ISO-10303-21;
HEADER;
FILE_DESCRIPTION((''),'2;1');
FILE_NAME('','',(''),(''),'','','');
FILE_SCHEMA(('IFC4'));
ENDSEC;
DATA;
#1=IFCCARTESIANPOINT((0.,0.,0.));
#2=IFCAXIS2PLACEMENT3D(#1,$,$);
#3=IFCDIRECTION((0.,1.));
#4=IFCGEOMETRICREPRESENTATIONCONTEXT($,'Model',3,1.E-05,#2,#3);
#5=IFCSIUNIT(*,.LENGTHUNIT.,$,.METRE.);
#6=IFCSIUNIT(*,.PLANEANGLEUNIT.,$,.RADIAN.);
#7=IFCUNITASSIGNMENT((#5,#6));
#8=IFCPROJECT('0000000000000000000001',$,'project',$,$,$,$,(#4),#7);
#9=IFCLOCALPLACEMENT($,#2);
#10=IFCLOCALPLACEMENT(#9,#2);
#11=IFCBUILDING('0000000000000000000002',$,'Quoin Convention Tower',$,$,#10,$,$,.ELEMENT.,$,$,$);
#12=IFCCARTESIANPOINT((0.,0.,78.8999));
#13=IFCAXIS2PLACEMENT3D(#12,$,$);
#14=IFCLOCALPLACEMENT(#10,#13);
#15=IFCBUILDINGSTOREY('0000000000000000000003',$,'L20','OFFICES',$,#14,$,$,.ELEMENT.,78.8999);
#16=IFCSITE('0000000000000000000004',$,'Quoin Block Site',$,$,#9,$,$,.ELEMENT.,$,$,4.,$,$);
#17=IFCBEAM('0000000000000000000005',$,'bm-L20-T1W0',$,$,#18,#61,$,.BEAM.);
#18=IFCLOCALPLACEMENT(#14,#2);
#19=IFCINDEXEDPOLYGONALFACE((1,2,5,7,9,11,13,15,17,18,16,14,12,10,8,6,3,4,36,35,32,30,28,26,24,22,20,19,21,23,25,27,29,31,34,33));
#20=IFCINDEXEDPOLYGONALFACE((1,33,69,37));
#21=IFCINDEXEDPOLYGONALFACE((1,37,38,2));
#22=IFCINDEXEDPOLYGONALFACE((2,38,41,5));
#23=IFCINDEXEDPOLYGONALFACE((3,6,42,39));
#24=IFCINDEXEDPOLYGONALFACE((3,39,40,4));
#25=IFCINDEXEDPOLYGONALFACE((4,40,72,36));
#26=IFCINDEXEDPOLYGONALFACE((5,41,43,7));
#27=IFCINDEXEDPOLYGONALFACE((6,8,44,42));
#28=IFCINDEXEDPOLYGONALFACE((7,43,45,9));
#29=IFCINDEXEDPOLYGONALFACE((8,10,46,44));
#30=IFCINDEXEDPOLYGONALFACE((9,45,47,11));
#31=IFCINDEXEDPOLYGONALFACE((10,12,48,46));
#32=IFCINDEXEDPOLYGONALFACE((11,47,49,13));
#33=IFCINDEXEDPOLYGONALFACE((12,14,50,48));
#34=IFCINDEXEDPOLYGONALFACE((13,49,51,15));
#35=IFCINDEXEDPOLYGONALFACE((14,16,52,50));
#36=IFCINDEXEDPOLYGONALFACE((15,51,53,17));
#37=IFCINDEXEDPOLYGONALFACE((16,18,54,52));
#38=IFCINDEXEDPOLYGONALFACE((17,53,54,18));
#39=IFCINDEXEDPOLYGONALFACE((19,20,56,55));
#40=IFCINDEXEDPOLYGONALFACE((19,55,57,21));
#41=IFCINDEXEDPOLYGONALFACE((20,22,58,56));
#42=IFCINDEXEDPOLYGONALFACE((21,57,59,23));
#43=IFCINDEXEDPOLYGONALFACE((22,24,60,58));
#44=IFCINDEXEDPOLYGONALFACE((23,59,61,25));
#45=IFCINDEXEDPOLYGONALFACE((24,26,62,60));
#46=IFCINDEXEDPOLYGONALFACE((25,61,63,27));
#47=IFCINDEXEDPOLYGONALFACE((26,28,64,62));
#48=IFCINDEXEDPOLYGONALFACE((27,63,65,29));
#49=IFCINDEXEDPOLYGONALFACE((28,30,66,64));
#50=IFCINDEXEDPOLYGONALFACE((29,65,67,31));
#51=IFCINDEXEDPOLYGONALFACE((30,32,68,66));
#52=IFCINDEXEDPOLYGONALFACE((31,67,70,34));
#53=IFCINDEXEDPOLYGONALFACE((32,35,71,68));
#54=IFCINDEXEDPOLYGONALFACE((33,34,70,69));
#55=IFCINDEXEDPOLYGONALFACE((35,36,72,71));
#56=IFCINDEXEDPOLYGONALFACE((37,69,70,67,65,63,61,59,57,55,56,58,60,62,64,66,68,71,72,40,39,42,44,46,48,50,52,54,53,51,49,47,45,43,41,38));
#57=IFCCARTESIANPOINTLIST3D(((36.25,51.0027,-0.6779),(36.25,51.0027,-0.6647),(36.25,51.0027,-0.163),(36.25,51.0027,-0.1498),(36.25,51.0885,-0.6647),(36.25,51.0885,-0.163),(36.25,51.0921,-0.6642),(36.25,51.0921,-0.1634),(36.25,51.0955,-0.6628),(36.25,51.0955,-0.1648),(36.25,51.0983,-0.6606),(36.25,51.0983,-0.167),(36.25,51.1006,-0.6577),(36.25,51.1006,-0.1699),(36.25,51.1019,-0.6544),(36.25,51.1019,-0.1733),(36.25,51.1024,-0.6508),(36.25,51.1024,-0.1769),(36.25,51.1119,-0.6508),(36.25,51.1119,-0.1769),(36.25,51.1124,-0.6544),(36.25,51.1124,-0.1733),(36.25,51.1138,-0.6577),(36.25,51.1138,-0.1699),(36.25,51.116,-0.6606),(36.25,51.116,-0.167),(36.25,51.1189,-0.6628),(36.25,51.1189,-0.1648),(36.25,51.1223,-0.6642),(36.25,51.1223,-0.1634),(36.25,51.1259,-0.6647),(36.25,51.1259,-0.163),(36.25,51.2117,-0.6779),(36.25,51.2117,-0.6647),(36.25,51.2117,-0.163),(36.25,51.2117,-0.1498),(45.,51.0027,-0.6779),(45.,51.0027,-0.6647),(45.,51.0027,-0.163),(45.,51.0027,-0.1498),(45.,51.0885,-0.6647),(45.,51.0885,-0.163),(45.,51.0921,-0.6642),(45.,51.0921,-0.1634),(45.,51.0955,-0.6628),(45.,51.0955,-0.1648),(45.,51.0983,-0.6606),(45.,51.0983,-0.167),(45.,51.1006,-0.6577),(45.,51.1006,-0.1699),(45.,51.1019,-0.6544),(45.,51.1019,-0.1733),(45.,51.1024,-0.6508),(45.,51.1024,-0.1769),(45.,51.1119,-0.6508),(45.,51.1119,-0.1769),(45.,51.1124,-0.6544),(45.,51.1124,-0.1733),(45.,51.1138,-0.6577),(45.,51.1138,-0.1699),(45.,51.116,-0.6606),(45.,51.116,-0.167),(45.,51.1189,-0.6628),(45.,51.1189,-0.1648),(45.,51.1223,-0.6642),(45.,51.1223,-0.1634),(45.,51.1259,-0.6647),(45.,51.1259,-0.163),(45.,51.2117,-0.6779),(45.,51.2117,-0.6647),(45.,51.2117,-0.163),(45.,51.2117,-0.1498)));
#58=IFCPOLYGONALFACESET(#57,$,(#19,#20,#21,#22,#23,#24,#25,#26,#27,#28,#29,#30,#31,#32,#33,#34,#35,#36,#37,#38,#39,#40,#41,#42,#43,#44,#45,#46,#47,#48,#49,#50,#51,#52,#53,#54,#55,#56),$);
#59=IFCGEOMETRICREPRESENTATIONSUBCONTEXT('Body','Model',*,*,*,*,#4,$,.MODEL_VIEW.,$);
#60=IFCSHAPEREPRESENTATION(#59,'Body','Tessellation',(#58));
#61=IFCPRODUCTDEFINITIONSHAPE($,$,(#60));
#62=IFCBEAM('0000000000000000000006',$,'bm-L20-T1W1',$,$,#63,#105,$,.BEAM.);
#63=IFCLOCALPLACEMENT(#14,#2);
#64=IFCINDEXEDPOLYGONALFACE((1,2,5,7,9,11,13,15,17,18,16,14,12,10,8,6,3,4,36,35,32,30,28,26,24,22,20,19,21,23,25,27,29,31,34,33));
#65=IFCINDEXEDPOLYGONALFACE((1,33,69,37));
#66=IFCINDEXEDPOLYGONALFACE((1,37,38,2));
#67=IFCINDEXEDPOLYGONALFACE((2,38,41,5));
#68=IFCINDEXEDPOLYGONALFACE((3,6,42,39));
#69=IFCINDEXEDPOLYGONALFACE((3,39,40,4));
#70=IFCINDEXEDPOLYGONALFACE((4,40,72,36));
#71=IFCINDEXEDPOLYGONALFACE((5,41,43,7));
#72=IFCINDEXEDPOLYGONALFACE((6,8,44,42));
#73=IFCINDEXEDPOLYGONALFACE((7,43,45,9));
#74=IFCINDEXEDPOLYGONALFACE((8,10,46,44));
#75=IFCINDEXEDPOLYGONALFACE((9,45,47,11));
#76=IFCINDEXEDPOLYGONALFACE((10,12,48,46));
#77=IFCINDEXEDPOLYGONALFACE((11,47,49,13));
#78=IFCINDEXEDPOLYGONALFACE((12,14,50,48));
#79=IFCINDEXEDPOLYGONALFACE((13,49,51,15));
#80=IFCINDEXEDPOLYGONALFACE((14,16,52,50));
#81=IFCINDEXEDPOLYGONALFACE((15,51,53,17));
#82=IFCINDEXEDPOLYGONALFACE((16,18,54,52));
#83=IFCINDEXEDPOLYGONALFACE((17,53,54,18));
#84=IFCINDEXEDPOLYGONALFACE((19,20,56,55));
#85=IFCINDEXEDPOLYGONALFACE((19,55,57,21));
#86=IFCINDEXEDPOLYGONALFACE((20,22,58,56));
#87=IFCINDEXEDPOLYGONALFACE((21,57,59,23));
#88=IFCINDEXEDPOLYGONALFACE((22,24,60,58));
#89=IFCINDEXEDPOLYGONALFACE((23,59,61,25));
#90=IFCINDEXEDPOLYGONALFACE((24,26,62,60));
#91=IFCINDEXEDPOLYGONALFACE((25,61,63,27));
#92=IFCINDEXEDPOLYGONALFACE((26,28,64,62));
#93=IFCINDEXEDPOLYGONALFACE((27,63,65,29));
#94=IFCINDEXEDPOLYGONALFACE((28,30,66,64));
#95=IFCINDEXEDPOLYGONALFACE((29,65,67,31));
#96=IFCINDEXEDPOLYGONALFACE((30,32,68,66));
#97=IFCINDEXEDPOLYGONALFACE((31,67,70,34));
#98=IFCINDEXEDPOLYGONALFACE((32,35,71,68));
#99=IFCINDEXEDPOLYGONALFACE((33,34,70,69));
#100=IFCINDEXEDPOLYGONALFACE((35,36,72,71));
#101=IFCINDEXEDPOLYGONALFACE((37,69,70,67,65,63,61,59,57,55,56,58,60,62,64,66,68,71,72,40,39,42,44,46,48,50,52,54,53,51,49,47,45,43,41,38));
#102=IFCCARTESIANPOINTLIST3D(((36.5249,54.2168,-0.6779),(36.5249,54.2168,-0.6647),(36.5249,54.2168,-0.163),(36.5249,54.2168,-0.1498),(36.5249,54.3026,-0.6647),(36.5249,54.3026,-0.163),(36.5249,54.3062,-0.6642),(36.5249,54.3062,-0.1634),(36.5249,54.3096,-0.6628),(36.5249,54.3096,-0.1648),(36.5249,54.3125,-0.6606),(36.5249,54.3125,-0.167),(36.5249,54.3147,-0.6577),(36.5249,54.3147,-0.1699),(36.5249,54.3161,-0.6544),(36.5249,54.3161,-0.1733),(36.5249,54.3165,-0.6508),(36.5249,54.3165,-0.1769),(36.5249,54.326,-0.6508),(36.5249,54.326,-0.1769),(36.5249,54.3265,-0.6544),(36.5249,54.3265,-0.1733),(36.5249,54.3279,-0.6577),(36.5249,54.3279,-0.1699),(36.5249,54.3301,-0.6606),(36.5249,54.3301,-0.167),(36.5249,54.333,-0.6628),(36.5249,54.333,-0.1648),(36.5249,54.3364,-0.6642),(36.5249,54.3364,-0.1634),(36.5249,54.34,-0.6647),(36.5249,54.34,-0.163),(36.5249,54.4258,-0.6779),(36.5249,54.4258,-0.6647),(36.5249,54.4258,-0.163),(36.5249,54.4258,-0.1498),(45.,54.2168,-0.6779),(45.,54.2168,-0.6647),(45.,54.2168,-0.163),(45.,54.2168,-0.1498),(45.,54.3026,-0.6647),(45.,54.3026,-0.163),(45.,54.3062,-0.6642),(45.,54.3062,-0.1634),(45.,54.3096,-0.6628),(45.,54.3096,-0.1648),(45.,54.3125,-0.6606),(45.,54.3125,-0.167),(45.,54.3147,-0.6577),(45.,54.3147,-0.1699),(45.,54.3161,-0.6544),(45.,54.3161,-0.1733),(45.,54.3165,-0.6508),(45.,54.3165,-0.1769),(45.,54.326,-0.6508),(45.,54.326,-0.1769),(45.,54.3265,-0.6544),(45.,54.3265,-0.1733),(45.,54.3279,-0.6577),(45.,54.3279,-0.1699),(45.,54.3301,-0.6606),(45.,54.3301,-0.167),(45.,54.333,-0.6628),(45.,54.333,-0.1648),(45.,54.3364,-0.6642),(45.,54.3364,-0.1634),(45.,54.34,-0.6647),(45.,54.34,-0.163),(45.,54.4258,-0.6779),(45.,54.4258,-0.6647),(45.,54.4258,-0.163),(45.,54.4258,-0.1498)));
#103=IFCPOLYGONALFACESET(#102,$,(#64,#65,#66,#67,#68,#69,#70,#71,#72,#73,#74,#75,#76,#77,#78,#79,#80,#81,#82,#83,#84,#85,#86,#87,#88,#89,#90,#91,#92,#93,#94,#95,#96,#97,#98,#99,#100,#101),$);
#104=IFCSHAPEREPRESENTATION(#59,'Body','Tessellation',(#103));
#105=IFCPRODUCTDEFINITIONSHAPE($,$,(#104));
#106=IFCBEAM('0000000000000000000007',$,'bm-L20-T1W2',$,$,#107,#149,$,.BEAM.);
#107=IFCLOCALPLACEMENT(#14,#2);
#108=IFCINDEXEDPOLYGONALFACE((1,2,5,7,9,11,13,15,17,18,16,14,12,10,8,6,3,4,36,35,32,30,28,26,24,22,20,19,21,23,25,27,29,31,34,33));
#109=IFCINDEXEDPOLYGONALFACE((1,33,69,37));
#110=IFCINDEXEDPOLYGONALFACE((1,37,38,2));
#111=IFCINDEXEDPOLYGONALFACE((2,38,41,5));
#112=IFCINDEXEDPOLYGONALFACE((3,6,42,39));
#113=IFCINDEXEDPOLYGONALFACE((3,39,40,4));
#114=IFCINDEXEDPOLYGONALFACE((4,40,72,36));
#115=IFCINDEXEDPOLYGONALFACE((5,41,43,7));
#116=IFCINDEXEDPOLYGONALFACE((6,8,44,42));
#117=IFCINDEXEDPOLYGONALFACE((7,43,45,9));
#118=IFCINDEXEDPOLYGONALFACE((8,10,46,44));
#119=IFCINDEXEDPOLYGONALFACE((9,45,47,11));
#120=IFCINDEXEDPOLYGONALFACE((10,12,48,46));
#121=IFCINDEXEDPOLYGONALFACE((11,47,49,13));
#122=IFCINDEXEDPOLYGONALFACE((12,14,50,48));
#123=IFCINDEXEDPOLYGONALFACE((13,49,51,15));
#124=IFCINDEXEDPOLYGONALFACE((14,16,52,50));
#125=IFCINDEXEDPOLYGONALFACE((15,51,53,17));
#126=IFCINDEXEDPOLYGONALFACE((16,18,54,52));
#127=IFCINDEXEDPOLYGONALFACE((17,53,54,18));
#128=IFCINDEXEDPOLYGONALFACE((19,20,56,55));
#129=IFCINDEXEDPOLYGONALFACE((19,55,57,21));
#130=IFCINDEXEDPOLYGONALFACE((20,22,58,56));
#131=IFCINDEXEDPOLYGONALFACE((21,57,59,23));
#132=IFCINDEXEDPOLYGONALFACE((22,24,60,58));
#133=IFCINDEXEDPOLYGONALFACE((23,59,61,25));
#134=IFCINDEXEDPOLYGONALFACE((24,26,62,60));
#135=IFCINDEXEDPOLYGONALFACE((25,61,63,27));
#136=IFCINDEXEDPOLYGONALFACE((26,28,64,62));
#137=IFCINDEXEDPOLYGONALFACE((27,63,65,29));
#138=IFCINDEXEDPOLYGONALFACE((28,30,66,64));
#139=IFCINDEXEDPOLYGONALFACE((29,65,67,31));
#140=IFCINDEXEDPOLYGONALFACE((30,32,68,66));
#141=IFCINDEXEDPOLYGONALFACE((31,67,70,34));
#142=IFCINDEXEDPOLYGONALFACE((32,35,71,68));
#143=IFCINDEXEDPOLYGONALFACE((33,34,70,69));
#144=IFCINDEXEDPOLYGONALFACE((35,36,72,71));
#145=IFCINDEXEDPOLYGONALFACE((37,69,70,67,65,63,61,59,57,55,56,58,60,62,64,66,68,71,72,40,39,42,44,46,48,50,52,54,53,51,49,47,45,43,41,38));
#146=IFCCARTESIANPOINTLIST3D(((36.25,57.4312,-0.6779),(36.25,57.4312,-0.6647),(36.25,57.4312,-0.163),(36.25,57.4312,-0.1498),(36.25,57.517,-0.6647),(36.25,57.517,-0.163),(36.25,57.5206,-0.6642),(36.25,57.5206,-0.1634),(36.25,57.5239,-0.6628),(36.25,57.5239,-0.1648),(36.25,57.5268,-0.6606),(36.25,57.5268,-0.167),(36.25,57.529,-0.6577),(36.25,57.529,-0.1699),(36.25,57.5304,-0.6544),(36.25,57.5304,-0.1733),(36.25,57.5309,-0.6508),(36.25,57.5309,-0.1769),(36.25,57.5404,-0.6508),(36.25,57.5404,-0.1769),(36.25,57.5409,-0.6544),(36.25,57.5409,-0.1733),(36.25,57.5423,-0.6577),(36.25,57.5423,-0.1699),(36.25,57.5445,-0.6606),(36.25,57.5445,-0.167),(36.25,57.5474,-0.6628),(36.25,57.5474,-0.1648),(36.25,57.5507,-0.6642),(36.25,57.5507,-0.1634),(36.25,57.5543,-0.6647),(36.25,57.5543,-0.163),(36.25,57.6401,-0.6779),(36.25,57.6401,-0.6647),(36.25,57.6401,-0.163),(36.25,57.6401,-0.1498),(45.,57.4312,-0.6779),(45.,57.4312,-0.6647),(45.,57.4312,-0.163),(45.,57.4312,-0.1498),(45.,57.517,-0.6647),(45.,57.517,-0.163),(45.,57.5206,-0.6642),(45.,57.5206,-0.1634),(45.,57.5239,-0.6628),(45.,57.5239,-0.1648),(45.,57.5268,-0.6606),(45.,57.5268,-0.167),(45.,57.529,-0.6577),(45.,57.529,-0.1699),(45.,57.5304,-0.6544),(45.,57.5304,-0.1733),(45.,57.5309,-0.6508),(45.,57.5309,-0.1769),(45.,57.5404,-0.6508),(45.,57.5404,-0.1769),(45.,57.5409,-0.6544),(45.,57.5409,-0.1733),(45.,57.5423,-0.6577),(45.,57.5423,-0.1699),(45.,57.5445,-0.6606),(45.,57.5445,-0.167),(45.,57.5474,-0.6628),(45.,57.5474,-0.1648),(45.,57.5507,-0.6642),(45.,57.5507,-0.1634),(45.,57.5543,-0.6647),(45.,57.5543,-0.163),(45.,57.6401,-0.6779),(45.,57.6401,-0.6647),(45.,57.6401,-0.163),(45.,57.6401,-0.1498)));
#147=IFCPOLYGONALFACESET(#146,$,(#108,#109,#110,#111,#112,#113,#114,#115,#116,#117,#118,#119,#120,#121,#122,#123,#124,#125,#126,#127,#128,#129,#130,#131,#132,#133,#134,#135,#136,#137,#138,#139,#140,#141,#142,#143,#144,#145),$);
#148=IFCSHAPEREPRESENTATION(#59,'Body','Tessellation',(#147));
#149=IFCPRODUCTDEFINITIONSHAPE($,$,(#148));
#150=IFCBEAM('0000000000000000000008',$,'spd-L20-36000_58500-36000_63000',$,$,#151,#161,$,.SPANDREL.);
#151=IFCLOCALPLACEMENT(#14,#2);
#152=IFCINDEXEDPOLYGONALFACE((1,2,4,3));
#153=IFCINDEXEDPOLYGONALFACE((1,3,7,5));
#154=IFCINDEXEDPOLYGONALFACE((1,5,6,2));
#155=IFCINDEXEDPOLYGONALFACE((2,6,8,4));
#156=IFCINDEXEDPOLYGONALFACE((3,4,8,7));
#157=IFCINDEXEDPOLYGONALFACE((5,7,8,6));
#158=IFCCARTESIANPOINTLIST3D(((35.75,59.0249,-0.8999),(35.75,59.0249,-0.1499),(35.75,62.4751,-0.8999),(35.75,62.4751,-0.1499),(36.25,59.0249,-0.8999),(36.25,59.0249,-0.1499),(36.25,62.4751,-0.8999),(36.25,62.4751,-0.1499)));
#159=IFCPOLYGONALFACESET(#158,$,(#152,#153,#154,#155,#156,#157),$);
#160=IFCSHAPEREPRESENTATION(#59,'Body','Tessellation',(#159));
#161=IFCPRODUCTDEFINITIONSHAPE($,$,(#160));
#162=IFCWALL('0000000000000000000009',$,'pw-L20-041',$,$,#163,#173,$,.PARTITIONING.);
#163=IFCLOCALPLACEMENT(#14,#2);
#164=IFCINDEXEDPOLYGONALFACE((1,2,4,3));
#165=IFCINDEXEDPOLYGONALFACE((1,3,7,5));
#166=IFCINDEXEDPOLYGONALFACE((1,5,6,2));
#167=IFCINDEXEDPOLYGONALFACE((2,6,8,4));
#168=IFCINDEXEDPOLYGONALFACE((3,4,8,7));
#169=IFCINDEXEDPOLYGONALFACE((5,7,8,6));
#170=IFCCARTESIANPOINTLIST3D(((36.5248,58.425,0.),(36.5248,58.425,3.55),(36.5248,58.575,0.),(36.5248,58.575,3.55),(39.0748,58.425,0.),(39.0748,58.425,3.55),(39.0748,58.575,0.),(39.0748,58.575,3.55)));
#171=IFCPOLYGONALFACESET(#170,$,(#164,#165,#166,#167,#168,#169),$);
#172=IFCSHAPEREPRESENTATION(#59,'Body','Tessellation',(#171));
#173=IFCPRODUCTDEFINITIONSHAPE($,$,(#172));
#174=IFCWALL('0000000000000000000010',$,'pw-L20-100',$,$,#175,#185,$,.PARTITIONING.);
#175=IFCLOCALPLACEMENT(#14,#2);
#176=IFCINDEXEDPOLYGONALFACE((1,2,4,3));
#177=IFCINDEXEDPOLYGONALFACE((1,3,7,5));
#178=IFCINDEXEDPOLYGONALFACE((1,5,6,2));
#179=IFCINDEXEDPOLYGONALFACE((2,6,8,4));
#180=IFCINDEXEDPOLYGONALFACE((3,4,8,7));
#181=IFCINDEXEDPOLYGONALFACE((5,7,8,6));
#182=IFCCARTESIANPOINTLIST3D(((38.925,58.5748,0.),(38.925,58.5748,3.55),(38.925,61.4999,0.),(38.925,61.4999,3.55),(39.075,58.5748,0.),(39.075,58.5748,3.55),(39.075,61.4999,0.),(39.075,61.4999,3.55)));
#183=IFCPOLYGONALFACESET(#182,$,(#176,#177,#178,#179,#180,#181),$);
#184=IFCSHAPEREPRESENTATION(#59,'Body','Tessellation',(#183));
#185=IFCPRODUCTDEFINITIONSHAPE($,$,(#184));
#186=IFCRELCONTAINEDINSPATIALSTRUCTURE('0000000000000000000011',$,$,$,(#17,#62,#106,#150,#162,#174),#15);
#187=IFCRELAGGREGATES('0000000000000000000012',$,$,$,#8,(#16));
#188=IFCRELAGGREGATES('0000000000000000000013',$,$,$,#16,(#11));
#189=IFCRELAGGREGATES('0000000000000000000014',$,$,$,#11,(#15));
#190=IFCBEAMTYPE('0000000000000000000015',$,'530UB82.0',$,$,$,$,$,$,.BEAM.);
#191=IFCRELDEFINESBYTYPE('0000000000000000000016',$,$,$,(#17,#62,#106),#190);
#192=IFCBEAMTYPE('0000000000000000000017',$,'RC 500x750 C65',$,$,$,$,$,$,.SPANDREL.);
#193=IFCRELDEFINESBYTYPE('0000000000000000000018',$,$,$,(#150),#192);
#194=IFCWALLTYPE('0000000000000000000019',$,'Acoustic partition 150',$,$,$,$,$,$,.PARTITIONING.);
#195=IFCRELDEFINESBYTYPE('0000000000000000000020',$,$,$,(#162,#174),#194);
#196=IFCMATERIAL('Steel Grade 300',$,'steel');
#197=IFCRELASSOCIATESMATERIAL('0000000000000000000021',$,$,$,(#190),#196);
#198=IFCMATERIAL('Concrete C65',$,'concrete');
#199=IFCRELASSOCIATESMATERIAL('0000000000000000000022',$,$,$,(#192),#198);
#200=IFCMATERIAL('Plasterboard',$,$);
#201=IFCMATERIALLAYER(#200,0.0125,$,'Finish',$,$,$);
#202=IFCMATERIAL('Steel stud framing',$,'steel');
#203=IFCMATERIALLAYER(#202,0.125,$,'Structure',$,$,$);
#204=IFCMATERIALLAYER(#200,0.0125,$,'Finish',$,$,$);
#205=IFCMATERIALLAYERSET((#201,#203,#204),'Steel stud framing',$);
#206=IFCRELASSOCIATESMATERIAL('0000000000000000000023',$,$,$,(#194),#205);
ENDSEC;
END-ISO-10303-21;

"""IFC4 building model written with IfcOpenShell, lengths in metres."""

from ifc_helpers import new_model, si_unit, direction, frame, frame_2d, origin, origin_2d, place, context, subcontext, project, spatial, rectangle, i_section, extrude, material, layer, layer_set, material_profile, profile_set, type_object, element, save


model = new_model("IFC4")

# Units and contexts
model_context = context("Model", 3, precision=1e-05, world=origin(), true_north=direction((0.0, 1.0)))
body_context = subcontext(model_context, "Body", "Model", "MODEL_VIEW")
ifc_project = project(units=[si_unit("LENGTHUNIT", "METRE"), si_unit("PLANEANGLEUNIT", "RADIAN")], contexts=[model_context])

# Site, building, storey
site_placement = place(None, origin())
site = spatial("IfcSite", under=ifc_project, at=site_placement, Name="Quoin Block Site", CompositionType="ELEMENT", RefElevation=4.0)
building_placement = place(site_placement, origin())
building = spatial("IfcBuilding", under=site, at=building_placement, Name="Quoin Convention Tower", CompositionType="ELEMENT")
storey_placement = place(building_placement, frame((0.0, 0.0, 78.8999)))
storey = spatial("IfcBuildingStorey", under=building, at=storey_placement, Name="L20", Description="OFFICES", CompositionType="ELEMENT", Elevation=78.8999)

# Beams
ifc_material_1 = material(Name="Steel Grade 300", Category="steel")
ifc_material_profile_1 = material_profile(ifc_material_1, i_section(OverallWidth=0.209, OverallDepth=0.5281, WebThickness=0.0095, FlangeThickness=0.0132, FilletRadius=0.0139, at=origin_2d()), Name="530UB82.0")
ifc_profile_set_1 = profile_set([ifc_material_profile_1], Name="Steel Grade 300")
beam_type_1 = type_object("IfcBeamType", Name="530UB82.0", PredefinedType="BEAM", material=ifc_profile_set_1)
beam_1_placement = place(storey_placement, frame((36.25, 51.1072, -0.4138), z_axis=(1.0, 0.0, 0.0), x_axis=(0.0, 1.0, 0.0)))
element("IfcBeam", 1, at=beam_1_placement, inside=storey, type_object=beam_type_1, Name="bm-L20-T1W0", PredefinedType="BEAM", context=body_context, shape_type="SweptSolid", body=[
    extrude(i_section(OverallWidth=0.209, OverallDepth=0.5281, WebThickness=0.0095, FlangeThickness=0.0132, FilletRadius=0.0139, at=origin_2d()), origin(), (0.0, 0.0, 1.0), 8.75),
])
beam_2_placement = place(storey_placement, frame((36.5249, 54.3213, -0.4138), z_axis=(1.0, 0.0, 0.0), x_axis=(0.0, 1.0, 0.0)))
element("IfcBeam", 2, at=beam_2_placement, inside=storey, type_object=beam_type_1, Name="bm-L20-T1W1", PredefinedType="BEAM", context=body_context, shape_type="SweptSolid", body=[
    extrude(i_section(OverallWidth=0.209, OverallDepth=0.5281, WebThickness=0.0095, FlangeThickness=0.0132, FilletRadius=0.0139, at=origin_2d()), origin(), (0.0, 0.0, 1.0), 8.4751),
])
beam_3_placement = place(storey_placement, frame((36.25, 57.5356, -0.4138), z_axis=(1.0, 0.0, 0.0), x_axis=(0.0, 1.0, 0.0)))
element("IfcBeam", 3, at=beam_3_placement, inside=storey, type_object=beam_type_1, Name="bm-L20-T1W2", PredefinedType="BEAM", context=body_context, shape_type="SweptSolid", body=[
    extrude(i_section(OverallWidth=0.209, OverallDepth=0.5281, WebThickness=0.0095, FlangeThickness=0.0132, FilletRadius=0.0139, at=origin_2d()), origin(), (0.0, 0.0, 1.0), 8.75),
])
ifc_material_2 = material(Name="Concrete C65", Category="concrete")
ifc_material_profile_2 = material_profile(ifc_material_2, rectangle(XDim=0.5, YDim=0.75, at=origin_2d()), Name="RC 500x750")
ifc_profile_set_2 = profile_set([ifc_material_profile_2], Name="Concrete C65")
beam_type_2 = type_object("IfcBeamType", Name="RC 500x750 C65", PredefinedType="SPANDREL", material=ifc_profile_set_2)
beam_4_placement = place(storey_placement, frame((36.0, 59.0249, -0.5249), z_axis=(0.0, 1.0, 0.0), x_axis=(-1.0, 0.0, 0.0)))
element("IfcBeam", 4, at=beam_4_placement, inside=storey, type_object=beam_type_2, Name="spd-L20-36000_58500-36000_63000", PredefinedType="SPANDREL", context=body_context, shape_type="SweptSolid", body=[
    extrude(rectangle(XDim=0.5, YDim=0.75, at=origin_2d()), origin(), (0.0, 0.0, 1.0), 3.4502),
])

# Walls
ifc_material_3 = material(Name="Plasterboard")
ifc_layer_1 = layer(ifc_material_3, 0.0125, Name="Finish")
ifc_material_4 = material(Name="Steel stud framing", Category="steel")
ifc_layer_2 = layer(ifc_material_4, 0.125, Name="Structure")
ifc_layer_3 = layer(ifc_material_3, 0.0125, Name="Finish")
ifc_layer_set_1 = layer_set([ifc_layer_1, ifc_layer_2, ifc_layer_3], Name="Steel stud framing")
wall_type_1 = type_object("IfcWallType", Name="Acoustic partition 150", PredefinedType="PARTITIONING", material=ifc_layer_set_1)
wall_1_placement = place(storey_placement, frame((36.5249, 58.5, 0.0), z_axis=(0.0, 0.0, 1.0), x_axis=(1.0, 0.0, 0.0)))
element("IfcWall", 5, at=wall_1_placement, inside=storey, type_object=wall_type_1, Name="pw-L20-041", PredefinedType="PARTITIONING", context=body_context, shape_type="SweptSolid", body=[
    extrude(rectangle(XDim=2.55, YDim=0.1499, at=frame_2d((1.2749, 0.0))), origin(), (0.0, 0.0, 1.0), 3.55),
])
wall_2_placement = place(storey_placement, frame((39.0, 58.575, 0.0), z_axis=(0.0, 0.0, 1.0), x_axis=(0.0, 1.0, 0.0)))
element("IfcWall", 6, at=wall_2_placement, inside=storey, type_object=wall_type_1, Name="pw-L20-100", PredefinedType="PARTITIONING", context=body_context, shape_type="SweptSolid", body=[
    extrude(rectangle(XDim=2.925, YDim=0.1499, at=frame_2d((1.4624, 0.0))), origin(), (0.0, 0.0, 1.0), 3.55),
])

save(model, "model.ifc")
